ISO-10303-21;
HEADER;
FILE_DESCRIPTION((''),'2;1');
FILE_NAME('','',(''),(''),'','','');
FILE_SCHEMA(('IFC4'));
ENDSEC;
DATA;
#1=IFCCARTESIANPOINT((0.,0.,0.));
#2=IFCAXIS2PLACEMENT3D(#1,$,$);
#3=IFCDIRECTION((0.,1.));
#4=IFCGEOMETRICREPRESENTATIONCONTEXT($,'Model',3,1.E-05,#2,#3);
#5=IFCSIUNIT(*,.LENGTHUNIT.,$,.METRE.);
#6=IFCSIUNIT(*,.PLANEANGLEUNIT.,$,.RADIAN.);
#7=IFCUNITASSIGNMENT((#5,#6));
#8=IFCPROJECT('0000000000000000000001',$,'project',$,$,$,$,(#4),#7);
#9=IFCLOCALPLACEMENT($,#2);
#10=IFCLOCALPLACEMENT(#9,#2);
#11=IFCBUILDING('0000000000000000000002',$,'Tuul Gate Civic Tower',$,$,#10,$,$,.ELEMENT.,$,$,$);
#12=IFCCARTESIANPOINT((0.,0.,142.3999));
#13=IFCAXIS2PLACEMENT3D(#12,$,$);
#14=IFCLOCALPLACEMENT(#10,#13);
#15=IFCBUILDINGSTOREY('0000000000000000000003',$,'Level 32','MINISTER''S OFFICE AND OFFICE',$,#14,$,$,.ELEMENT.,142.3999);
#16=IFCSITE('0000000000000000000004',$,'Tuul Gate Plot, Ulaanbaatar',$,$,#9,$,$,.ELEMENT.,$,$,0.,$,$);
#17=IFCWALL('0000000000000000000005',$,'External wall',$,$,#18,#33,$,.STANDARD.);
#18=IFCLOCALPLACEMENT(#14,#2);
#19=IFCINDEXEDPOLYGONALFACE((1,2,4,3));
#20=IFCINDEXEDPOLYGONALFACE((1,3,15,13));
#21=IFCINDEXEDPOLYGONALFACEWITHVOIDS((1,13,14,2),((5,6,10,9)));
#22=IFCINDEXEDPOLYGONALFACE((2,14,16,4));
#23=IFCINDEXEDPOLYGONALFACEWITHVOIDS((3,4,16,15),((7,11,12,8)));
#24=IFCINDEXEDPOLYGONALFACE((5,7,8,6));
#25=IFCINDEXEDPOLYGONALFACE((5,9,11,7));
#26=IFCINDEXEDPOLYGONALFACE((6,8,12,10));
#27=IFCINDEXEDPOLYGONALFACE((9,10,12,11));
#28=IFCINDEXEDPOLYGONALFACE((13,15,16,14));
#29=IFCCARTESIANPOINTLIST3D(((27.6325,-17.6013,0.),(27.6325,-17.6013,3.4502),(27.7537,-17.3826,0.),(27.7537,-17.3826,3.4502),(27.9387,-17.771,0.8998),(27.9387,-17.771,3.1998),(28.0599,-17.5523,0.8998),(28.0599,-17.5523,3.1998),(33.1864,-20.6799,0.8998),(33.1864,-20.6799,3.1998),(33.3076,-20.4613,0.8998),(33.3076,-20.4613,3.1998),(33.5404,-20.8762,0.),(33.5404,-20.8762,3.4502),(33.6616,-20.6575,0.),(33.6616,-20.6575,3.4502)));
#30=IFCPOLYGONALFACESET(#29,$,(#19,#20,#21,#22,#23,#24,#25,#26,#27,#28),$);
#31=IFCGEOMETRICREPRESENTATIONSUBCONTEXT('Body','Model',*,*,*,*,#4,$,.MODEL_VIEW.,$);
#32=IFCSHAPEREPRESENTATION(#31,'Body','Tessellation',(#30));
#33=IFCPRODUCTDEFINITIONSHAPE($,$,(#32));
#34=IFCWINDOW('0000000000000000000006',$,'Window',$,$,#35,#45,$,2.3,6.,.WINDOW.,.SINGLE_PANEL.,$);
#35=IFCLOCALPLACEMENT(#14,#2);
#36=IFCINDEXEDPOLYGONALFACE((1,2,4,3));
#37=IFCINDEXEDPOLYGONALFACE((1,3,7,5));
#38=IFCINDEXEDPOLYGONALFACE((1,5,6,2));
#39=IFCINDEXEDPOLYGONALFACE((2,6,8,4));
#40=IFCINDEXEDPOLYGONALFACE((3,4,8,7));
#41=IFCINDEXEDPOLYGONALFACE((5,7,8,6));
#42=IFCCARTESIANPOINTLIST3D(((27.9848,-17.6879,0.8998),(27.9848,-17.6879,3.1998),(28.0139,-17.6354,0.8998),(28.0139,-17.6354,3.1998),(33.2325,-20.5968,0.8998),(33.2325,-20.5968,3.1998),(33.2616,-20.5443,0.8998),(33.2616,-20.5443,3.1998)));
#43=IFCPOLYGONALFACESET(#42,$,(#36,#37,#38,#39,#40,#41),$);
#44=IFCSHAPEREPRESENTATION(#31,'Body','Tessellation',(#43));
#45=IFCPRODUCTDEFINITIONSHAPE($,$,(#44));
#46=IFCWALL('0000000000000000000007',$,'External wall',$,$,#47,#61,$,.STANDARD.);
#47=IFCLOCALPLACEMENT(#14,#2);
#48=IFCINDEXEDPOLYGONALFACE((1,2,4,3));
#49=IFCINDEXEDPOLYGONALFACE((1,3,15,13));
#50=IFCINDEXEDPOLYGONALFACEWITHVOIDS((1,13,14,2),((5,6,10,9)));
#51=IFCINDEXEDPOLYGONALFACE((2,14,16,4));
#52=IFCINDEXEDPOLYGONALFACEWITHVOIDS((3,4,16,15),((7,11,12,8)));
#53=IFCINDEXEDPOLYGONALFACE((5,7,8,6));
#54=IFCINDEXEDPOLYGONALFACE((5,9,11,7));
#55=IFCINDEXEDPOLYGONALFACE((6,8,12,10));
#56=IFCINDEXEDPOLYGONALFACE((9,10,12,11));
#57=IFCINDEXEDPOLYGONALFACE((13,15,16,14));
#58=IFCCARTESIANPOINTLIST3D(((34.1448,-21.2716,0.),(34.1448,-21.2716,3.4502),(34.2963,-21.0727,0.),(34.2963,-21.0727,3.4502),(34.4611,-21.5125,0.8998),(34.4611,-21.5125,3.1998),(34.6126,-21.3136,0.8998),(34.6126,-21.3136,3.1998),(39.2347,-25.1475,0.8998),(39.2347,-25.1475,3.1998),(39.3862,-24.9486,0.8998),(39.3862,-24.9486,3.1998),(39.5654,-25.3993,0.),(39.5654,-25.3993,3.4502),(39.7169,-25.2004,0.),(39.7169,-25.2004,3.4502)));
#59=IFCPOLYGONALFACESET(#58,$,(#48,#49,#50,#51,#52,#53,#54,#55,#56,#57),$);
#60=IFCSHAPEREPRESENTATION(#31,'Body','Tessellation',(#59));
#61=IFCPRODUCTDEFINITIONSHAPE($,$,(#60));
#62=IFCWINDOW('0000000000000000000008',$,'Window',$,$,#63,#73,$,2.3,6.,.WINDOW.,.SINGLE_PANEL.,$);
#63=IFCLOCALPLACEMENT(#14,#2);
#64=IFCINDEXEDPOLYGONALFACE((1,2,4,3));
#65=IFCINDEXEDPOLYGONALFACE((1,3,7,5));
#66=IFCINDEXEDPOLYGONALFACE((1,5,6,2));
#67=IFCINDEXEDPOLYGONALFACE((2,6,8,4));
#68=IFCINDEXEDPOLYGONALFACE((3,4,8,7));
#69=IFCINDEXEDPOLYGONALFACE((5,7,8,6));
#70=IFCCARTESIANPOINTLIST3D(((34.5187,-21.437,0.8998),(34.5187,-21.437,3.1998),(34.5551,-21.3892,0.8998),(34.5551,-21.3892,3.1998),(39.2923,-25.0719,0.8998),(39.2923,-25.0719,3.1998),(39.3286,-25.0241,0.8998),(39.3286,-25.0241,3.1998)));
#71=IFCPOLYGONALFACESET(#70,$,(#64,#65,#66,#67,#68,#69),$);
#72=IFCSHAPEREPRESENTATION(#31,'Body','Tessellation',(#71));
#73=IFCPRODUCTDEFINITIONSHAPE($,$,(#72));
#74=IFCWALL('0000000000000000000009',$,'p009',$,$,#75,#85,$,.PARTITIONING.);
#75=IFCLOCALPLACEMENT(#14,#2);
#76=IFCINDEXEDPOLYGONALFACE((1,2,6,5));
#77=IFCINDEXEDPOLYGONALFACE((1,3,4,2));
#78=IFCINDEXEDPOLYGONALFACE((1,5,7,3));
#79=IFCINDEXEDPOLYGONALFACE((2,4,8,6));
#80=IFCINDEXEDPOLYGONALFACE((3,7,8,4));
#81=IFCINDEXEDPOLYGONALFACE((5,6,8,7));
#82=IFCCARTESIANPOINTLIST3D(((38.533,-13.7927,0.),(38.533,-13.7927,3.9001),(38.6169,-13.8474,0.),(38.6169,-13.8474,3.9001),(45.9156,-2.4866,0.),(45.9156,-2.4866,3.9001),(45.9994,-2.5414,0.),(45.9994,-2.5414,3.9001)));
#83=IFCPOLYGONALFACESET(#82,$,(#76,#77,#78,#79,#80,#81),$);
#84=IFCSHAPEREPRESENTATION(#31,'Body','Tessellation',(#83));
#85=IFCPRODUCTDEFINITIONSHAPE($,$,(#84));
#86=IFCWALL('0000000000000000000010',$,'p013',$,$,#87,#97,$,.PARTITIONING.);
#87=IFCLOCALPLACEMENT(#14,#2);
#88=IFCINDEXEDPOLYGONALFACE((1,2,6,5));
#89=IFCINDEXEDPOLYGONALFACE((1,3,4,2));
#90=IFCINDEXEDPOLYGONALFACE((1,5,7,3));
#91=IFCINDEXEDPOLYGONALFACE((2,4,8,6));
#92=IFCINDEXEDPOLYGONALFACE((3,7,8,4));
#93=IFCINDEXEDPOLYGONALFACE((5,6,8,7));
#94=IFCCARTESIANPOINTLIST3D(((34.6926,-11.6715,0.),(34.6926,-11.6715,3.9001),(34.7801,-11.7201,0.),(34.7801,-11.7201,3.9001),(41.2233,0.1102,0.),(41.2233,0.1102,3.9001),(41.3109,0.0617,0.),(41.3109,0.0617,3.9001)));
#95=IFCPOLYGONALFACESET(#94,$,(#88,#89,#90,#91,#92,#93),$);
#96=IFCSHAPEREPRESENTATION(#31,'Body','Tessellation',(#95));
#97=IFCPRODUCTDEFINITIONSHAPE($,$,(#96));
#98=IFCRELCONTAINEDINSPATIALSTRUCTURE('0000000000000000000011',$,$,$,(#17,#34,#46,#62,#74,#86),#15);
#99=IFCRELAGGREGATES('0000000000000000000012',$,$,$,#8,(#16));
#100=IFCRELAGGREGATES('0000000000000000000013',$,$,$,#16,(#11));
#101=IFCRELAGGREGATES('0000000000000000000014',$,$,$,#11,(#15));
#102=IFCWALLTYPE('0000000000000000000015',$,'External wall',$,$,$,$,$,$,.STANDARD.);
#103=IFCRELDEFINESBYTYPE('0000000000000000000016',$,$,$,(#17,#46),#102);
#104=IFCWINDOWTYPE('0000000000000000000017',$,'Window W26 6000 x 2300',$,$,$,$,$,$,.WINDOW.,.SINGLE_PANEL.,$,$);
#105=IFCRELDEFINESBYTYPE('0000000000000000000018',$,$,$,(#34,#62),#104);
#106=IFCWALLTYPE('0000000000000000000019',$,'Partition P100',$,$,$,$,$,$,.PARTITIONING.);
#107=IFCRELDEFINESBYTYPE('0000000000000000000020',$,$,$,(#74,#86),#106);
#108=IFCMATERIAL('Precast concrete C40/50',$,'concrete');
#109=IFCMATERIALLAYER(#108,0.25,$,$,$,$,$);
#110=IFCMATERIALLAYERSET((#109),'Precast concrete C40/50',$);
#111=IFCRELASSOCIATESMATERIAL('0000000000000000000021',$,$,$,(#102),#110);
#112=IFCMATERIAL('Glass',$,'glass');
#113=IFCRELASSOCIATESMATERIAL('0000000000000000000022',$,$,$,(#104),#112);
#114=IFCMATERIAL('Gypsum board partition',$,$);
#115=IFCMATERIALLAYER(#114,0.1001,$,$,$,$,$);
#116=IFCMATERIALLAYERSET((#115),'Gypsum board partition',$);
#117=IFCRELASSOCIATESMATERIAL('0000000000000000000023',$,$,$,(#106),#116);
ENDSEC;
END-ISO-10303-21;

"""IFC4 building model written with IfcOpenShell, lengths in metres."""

from ifc_helpers import new_model, si_unit, direction, frame, frame_2d, origin, place, context, subcontext, project, spatial, rectangle, extrude, material, layer, layer_set, type_object, element, fill, save


model = new_model("IFC4")

# Units and contexts
model_context = context("Model", 3, precision=1e-05, world=origin(), true_north=direction((0.0, 1.0)))
body_context = subcontext(model_context, "Body", "Model", "MODEL_VIEW")
ifc_project = project(units=[si_unit("LENGTHUNIT", "METRE"), si_unit("PLANEANGLEUNIT", "RADIAN")], contexts=[model_context])

# Site, building, storey
site_placement = place(None, origin())
site = spatial("IfcSite", under=ifc_project, at=site_placement, Name="Tuul Gate Plot, Ulaanbaatar", CompositionType="ELEMENT", RefElevation=0.0)
building_placement = place(site_placement, origin())
building = spatial("IfcBuilding", under=site, at=building_placement, Name="Tuul Gate Civic Tower", CompositionType="ELEMENT")
storey_placement = place(building_placement, frame((0.0, 0.0, 142.3999)))
storey = spatial("IfcBuildingStorey", under=building, at=storey_placement, Name="Level 32", Description="MINISTER'S OFFICE AND OFFICE", CompositionType="ELEMENT", Elevation=142.3999)

# Walls, openings, windows
ifc_material_1 = material(Name="Precast concrete C40/50", Category="concrete")
ifc_layer_1 = layer(ifc_material_1, 0.25)
ifc_layer_set_1 = layer_set([ifc_layer_1], Name="Precast concrete C40/50")
wall_type_1 = type_object("IfcWallType", Name="External wall", PredefinedType="STANDARD", material=ifc_layer_set_1)
wall_1_placement = place(storey_placement, frame((27.6931, -17.4919, 0.0), z_axis=(0.0, 0.0, 1.0), x_axis=(0.874615, -0.484817, 0.0)))
wall_1 = element("IfcWall", 1, at=wall_1_placement, inside=storey, type_object=wall_type_1, Name="External wall", PredefinedType="STANDARD", context=body_context, shape_type="SweptSolid", body=[
    extrude(rectangle(XDim=6.7549, YDim=0.25, at=frame_2d((3.3774, 0.0))), origin(), (0.0, 0.0, 1.0), 3.4502),
])
opening_1_placement = place(wall_1_placement, frame((0.3501, 0.0, 0.8999)))
opening_1 = element("IfcOpeningElement", 2, at=opening_1_placement, cuts=wall_1, PredefinedType="OPENING", context=body_context, shape_type="SweptSolid", body=[
    extrude(rectangle(XDim=6.0, YDim=2.3, at=frame_2d((3.0, 1.1499))), frame((0.0, 0.135, 0.0), z_axis=(0.0, -1.0, 0.0), x_axis=(1.0, 0.0, 0.0)), (0.0, 0.0, 1.0), 0.27),
])
ifc_material_2 = material(Name="Glass", Category="glass")
window_type = type_object("IfcWindowType", Name="Window W26 6000 x 2300", PartitioningType="SINGLE_PANEL", PredefinedType="WINDOW", material=ifc_material_2)
window_1_placement = place(opening_1_placement, origin())
window_1 = element("IfcWindow", 3, at=window_1_placement, inside=storey, type_object=window_type, Name="Window", OverallHeight=2.3, OverallWidth=6.0, PartitioningType="SINGLE_PANEL", PredefinedType="WINDOW", context=body_context, shape_type="SweptSolid", body=[
    extrude(rectangle(XDim=6.0, YDim=2.3, at=frame_2d((3.0, 1.1499))), frame((0.0, 0.03, 0.0), z_axis=(0.0, -1.0, 0.0), x_axis=(1.0, 0.0, 0.0)), (0.0, 0.0, 1.0), 0.0601),
])
fill(opening_1, window_1)
wall_2_placement = place(storey_placement, frame((34.2205, -21.1721, 0.0), z_axis=(0.0, 0.0, 1.0), x_axis=(0.795597, -0.605826, 0.0)))
wall_2 = element("IfcWall", 4, at=wall_2_placement, inside=storey, type_object=wall_type_1, Name="External wall", PredefinedType="STANDARD", context=body_context, shape_type="SweptSolid", body=[
    extrude(rectangle(XDim=6.8132, YDim=0.25, at=frame_2d((3.4067, 0.0))), origin(), (0.0, 0.0, 1.0), 3.4502),
])
opening_2_placement = place(wall_2_placement, frame((0.3977, 0.0, 0.8999)))
opening_2 = element("IfcOpeningElement", 5, at=opening_2_placement, cuts=wall_2, PredefinedType="OPENING", context=body_context, shape_type="SweptSolid", body=[
    extrude(rectangle(XDim=6.0, YDim=2.3, at=frame_2d((3.0, 1.1499))), frame((0.0, 0.135, 0.0), z_axis=(0.0, -1.0, 0.0), x_axis=(1.0, 0.0, 0.0)), (0.0, 0.0, 1.0), 0.27),
])
window_2_placement = place(opening_2_placement, origin())
window_2 = element("IfcWindow", 6, at=window_2_placement, inside=storey, type_object=window_type, Name="Window", OverallHeight=2.3, OverallWidth=6.0, PartitioningType="SINGLE_PANEL", PredefinedType="WINDOW", context=body_context, shape_type="SweptSolid", body=[
    extrude(rectangle(XDim=6.0, YDim=2.3, at=frame_2d((3.0, 1.1499))), frame((0.0, 0.03, 0.0), z_axis=(0.0, -1.0, 0.0), x_axis=(1.0, 0.0, 0.0)), (0.0, 0.0, 1.0), 0.0601),
])
fill(opening_2, window_2)

# Walls
ifc_material_3 = material(Name="Gypsum board partition")
ifc_layer_2 = layer(ifc_material_3, 0.1001)
ifc_layer_set_2 = layer_set([ifc_layer_2], Name="Gypsum board partition")
wall_type_2 = type_object("IfcWallType", Name="Partition P100", PredefinedType="PARTITIONING", material=ifc_layer_set_2)
wall_3_placement = place(storey_placement, frame((38.575, -13.8201, 0.0), z_axis=(0.0, 0.0, 1.0), x_axis=(0.546735, 0.837306, 0.0)))
element("IfcWall", 7, at=wall_3_placement, inside=storey, type_object=wall_type_2, Name="p009", PredefinedType="PARTITIONING", context=body_context, shape_type="SweptSolid", body=[
    extrude(rectangle(XDim=13.5029, YDim=0.1001, at=frame_2d((6.7515, 0.0))), origin(), (0.0, 0.0, 1.0), 3.9001),
])
wall_4_placement = place(storey_placement, frame((34.7363, -11.6958, 0.0), z_axis=(0.0, 0.0, 1.0), x_axis=(0.484812, 0.874619, 0.0)))
element("IfcWall", 8, at=wall_4_placement, inside=storey, type_object=wall_type_2, Name="p013", PredefinedType="PARTITIONING", context=body_context, shape_type="SweptSolid", body=[
    extrude(rectangle(XDim=13.4707, YDim=0.1001, at=frame_2d((6.7354, 0.0))), origin(), (0.0, 0.0, 1.0), 3.9001),
])

save(model, "model.ifc")
